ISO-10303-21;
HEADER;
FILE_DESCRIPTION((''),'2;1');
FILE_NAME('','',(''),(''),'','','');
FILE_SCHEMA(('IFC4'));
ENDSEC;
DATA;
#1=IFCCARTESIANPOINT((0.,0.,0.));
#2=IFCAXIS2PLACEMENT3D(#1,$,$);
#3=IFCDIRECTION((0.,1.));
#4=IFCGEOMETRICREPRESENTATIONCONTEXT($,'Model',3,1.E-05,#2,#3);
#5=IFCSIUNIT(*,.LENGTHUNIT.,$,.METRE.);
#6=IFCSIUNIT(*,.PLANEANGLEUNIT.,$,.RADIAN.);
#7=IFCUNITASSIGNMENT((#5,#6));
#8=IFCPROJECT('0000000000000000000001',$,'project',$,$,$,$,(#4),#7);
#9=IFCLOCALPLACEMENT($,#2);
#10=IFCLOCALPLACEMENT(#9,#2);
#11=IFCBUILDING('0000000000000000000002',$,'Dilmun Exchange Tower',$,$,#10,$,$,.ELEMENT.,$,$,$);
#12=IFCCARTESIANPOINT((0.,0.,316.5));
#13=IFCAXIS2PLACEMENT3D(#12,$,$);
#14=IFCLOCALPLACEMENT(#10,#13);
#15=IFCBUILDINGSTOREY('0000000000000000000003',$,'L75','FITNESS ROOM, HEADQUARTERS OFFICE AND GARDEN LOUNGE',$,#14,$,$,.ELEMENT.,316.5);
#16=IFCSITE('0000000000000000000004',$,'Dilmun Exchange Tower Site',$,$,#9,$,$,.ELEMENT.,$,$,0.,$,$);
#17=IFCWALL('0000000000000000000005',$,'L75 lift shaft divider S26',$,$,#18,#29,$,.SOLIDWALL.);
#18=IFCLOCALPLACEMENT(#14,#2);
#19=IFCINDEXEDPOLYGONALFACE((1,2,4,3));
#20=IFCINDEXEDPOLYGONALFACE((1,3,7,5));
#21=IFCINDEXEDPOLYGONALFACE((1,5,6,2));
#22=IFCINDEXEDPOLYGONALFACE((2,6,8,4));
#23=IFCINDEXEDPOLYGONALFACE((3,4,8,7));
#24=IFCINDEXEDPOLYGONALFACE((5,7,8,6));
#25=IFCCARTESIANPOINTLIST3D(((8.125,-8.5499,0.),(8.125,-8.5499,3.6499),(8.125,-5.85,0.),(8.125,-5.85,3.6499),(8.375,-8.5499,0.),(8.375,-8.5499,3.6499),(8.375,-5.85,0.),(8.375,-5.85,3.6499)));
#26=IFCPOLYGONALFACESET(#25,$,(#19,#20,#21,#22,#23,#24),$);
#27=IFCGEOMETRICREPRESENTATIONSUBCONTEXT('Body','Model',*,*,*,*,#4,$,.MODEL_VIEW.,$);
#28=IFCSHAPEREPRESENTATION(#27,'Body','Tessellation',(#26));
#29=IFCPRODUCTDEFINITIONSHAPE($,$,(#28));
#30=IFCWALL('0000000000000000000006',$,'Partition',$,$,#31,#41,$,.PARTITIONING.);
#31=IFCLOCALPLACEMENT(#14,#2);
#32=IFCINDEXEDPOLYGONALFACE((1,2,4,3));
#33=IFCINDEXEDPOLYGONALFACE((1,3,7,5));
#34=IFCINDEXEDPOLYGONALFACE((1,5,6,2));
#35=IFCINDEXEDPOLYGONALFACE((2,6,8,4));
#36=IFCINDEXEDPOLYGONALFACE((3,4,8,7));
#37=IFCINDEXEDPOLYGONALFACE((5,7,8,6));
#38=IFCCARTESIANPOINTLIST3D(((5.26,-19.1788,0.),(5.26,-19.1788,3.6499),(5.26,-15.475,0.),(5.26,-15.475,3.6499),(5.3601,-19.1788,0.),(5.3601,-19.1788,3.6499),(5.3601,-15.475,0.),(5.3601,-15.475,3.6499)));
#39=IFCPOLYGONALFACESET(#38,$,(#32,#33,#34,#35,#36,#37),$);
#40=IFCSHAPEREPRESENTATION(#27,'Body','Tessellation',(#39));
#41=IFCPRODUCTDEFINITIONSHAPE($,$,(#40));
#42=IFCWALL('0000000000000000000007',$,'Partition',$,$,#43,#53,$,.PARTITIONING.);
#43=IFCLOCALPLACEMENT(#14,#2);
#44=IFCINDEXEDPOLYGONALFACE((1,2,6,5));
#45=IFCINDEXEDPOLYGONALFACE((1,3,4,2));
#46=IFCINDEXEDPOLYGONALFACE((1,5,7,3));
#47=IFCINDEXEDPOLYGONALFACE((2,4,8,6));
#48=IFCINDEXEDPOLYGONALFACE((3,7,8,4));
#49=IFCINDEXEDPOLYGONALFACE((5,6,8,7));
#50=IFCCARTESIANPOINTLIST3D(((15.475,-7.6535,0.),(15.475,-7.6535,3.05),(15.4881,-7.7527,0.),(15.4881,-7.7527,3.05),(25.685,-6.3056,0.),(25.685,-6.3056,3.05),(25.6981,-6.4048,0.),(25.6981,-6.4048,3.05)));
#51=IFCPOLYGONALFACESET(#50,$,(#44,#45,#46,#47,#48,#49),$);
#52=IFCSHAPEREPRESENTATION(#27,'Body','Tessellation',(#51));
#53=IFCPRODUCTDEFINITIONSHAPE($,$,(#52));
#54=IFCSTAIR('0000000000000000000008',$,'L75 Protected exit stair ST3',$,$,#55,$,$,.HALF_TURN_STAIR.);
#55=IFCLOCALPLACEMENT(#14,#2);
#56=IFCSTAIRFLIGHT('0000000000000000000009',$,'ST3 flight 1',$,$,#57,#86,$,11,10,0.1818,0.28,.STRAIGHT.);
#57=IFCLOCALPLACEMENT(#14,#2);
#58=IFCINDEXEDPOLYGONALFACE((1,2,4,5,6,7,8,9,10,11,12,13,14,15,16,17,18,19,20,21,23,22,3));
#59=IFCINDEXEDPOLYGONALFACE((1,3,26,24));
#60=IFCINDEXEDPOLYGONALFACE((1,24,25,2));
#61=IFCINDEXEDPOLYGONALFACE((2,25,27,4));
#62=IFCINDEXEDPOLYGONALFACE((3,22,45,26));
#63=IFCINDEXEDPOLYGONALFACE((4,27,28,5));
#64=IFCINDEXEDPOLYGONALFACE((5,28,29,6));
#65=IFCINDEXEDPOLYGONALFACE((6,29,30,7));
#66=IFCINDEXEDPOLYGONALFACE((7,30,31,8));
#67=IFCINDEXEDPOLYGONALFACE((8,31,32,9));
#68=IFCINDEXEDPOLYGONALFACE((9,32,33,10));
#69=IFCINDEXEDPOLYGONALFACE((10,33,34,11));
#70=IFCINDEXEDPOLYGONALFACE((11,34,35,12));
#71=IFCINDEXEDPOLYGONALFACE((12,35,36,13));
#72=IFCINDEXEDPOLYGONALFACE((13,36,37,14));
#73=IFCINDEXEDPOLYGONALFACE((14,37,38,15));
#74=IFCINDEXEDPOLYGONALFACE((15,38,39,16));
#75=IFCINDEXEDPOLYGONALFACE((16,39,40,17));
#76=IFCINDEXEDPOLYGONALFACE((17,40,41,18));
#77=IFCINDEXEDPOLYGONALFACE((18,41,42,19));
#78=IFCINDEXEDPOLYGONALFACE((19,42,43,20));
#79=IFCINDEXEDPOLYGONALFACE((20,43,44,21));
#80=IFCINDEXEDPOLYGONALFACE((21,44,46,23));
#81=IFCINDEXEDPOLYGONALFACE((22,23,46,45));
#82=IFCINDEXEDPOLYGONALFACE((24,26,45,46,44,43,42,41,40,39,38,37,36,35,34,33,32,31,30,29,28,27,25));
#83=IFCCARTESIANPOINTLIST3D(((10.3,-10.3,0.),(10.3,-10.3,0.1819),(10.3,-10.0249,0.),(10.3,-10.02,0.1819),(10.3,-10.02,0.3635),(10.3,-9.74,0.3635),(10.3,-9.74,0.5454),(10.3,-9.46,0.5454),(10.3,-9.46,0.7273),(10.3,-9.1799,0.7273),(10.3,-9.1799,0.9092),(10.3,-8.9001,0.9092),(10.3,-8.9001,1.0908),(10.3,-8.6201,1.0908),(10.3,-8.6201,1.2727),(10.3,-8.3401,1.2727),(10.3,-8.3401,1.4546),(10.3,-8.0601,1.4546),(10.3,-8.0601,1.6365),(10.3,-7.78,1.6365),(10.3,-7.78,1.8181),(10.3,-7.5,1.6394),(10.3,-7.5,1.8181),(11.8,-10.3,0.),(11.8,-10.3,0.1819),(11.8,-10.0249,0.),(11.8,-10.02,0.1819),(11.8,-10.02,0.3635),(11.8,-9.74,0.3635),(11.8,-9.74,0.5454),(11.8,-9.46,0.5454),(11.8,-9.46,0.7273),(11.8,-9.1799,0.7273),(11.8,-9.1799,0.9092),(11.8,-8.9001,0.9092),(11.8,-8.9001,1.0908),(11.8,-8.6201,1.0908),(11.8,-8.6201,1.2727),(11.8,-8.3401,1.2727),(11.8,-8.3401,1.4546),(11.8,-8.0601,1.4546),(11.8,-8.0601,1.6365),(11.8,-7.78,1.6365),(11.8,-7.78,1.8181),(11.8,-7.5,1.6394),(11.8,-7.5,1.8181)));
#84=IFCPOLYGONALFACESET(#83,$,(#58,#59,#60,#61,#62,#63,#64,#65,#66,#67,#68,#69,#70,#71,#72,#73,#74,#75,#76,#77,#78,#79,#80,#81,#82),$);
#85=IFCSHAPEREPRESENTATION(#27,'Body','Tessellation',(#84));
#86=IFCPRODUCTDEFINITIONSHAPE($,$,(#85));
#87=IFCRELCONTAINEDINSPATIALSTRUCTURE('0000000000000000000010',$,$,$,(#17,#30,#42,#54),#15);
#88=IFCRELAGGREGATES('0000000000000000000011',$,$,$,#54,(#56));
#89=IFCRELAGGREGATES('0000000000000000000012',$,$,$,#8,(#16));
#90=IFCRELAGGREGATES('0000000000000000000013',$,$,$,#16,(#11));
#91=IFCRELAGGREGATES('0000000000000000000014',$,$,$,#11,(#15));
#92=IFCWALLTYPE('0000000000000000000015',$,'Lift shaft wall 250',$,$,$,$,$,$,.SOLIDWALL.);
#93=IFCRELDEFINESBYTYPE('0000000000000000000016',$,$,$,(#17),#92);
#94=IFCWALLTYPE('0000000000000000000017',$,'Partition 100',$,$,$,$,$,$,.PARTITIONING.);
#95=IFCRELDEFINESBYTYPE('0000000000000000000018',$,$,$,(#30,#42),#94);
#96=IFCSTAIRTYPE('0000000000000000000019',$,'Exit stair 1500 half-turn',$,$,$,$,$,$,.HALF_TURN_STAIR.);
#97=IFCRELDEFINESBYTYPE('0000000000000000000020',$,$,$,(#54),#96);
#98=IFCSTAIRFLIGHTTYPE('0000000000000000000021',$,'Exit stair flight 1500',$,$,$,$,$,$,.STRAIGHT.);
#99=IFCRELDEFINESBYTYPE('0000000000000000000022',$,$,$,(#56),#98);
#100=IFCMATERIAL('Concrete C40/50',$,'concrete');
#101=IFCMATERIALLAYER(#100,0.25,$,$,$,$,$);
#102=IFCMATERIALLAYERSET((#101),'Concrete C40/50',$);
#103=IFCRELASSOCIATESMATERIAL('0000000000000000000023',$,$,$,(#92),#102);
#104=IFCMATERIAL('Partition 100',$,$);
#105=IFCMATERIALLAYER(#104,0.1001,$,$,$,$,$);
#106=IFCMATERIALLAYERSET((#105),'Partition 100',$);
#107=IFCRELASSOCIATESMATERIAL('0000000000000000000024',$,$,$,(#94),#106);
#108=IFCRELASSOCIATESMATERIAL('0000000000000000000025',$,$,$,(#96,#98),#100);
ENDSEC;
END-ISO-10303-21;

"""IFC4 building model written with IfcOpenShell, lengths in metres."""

from ifc_helpers import new_model, si_unit, direction, frame, frame_2d, origin, place, context, subcontext, project, spatial, polyline, rectangle, outline, extrude, material, layer, layer_set, type_object, element, aggregate, save


model = new_model("IFC4")

# Units and contexts
model_context = context("Model", 3, precision=1e-05, world=origin(), true_north=direction((0.0, 1.0)))
body_context = subcontext(model_context, "Body", "Model", "MODEL_VIEW")
ifc_project = project(units=[si_unit("LENGTHUNIT", "METRE"), si_unit("PLANEANGLEUNIT", "RADIAN")], contexts=[model_context])

# Site, building, storey
site_placement = place(None, origin())
site = spatial("IfcSite", under=ifc_project, at=site_placement, Name="Dilmun Exchange Tower Site", CompositionType="ELEMENT", RefElevation=0.0)
building_placement = place(site_placement, origin())
building = spatial("IfcBuilding", under=site, at=building_placement, Name="Dilmun Exchange Tower", CompositionType="ELEMENT")
storey_placement = place(building_placement, frame((0.0, 0.0, 316.5)))
storey = spatial("IfcBuildingStorey", under=building, at=storey_placement, Name="L75", Description="FITNESS ROOM, HEADQUARTERS OFFICE AND GARDEN LOUNGE", CompositionType="ELEMENT", Elevation=316.5)

# Shared definitions
ifc_material_1 = material(Name="Concrete C40/50", Category="concrete")

# Walls
ifc_layer_1 = layer(ifc_material_1, 0.25)
ifc_layer_set_1 = layer_set([ifc_layer_1], Name="Concrete C40/50")
wall_type_1 = type_object("IfcWallType", Name="Lift shaft wall 250", PredefinedType="SOLIDWALL", material=ifc_layer_set_1)
for number, where, z_axis, x_axis, name in (
    (1, (8.25, -8.55, 0.0), (0.0, 0.0, 1.0), (0.0, 1.0, 0.0), "L75 lift shaft divider S26"),
):
    element("IfcWall", number, at=place(storey_placement, frame(where, z_axis=z_axis, x_axis=x_axis)), inside=storey, type_object=wall_type_1, Name=name, PredefinedType="SOLIDWALL", context=body_context, shape_type="SweptSolid", body=[
        extrude(rectangle(XDim=2.7, YDim=0.25, at=frame_2d((1.3501, 0.0))), origin(), (0.0, 0.0, 1.0), 3.6499),
    ])
ifc_material_2 = material(Name="Partition 100")
ifc_layer_2 = layer(ifc_material_2, 0.1001)
ifc_layer_set_2 = layer_set([ifc_layer_2], Name="Partition 100")
wall_type_2 = type_object("IfcWallType", Name="Partition 100", PredefinedType="PARTITIONING", material=ifc_layer_set_2)
wall_1_placement = place(storey_placement, frame((5.3101, -19.179, 0.0), z_axis=(0.0, 0.0, 1.0), x_axis=(0.0, 1.0, 0.0)))
element("IfcWall", 2, at=wall_1_placement, inside=storey, type_object=wall_type_2, Name="Partition", PredefinedType="PARTITIONING", context=body_context, shape_type="SweptSolid", body=[
    extrude(rectangle(XDim=3.7039, YDim=0.1001, at=frame_2d((1.8521, 0.0))), origin(), (0.0, 0.0, 1.0), 3.6499),
])
wall_2_placement = place(storey_placement, frame((15.4814, -7.7031, 0.0), z_axis=(0.0, 0.0, 1.0), x_axis=(0.991398, 0.130883, 0.0)))
element("IfcWall", 3, at=wall_2_placement, inside=storey, type_object=wall_type_2, Name="Partition", PredefinedType="PARTITIONING", context=body_context, shape_type="SweptSolid", body=[
    extrude(rectangle(XDim=10.2986, YDim=0.1001, at=frame_2d((5.1494, 0.0))), origin(), (0.0, 0.0, 1.0), 3.05),
])

# Stair, stair flight
stair_type = type_object("IfcStairType", Name="Exit stair 1500 half-turn", PredefinedType="HALF_TURN_STAIR", material=ifc_material_1)
stair_placement = place(storey_placement, origin())
stair = element("IfcStair", 4, at=stair_placement, inside=storey, type_object=stair_type, Name="L75 Protected exit stair ST3", PredefinedType="HALF_TURN_STAIR")
stair_flight_type = type_object("IfcStairFlightType", Name="Exit stair flight 1500", PredefinedType="STRAIGHT", material=ifc_material_1)
stair_flight_placement = place(storey_placement, frame((11.05, -10.3, 0.0), z_axis=(0.0, 0.0, 1.0), x_axis=(0.0, 1.0, 0.0)))
stair_flight = element("IfcStairFlight", 5, at=stair_flight_placement, type_object=stair_flight_type, Name="ST3 flight 1", NumberOfRisers=11, NumberOfTreads=10, PredefinedType="STRAIGHT", RiserHeight=0.1818, TreadLength=0.28, context=body_context, shape_type="SweptSolid", body=[
    extrude(outline(polyline([(0.0, 0.0), (0.0, 0.1819), (0.28, 0.1819), (0.28, 0.3635), (0.5601, 0.3635), (0.5601, 0.5454), (0.8401, 0.5454), (0.8401, 0.7273), (1.1201, 0.7273), (1.1201, 0.9092), (1.3999, 0.9092), (1.3999, 1.0908), (1.6799, 1.0908), (1.6799, 1.2727), (1.96, 1.2727), (1.96, 1.4546), (2.24, 1.4546), (2.24, 1.6365), (2.52, 1.6365), (2.52, 1.8181), (2.8, 1.8181), (2.8, 2.0), (2.8, 1.6394), (0.2751, 0.0), (0.0, 0.0)])), frame((0.0, 0.75, 0.0), z_axis=(0.0, -1.0, 0.0), x_axis=(1.0, 0.0, 0.0)), (0.0, 0.0, 1.0), 1.5),
])
aggregate(stair, [stair_flight])

save(model, "model.ifc")
